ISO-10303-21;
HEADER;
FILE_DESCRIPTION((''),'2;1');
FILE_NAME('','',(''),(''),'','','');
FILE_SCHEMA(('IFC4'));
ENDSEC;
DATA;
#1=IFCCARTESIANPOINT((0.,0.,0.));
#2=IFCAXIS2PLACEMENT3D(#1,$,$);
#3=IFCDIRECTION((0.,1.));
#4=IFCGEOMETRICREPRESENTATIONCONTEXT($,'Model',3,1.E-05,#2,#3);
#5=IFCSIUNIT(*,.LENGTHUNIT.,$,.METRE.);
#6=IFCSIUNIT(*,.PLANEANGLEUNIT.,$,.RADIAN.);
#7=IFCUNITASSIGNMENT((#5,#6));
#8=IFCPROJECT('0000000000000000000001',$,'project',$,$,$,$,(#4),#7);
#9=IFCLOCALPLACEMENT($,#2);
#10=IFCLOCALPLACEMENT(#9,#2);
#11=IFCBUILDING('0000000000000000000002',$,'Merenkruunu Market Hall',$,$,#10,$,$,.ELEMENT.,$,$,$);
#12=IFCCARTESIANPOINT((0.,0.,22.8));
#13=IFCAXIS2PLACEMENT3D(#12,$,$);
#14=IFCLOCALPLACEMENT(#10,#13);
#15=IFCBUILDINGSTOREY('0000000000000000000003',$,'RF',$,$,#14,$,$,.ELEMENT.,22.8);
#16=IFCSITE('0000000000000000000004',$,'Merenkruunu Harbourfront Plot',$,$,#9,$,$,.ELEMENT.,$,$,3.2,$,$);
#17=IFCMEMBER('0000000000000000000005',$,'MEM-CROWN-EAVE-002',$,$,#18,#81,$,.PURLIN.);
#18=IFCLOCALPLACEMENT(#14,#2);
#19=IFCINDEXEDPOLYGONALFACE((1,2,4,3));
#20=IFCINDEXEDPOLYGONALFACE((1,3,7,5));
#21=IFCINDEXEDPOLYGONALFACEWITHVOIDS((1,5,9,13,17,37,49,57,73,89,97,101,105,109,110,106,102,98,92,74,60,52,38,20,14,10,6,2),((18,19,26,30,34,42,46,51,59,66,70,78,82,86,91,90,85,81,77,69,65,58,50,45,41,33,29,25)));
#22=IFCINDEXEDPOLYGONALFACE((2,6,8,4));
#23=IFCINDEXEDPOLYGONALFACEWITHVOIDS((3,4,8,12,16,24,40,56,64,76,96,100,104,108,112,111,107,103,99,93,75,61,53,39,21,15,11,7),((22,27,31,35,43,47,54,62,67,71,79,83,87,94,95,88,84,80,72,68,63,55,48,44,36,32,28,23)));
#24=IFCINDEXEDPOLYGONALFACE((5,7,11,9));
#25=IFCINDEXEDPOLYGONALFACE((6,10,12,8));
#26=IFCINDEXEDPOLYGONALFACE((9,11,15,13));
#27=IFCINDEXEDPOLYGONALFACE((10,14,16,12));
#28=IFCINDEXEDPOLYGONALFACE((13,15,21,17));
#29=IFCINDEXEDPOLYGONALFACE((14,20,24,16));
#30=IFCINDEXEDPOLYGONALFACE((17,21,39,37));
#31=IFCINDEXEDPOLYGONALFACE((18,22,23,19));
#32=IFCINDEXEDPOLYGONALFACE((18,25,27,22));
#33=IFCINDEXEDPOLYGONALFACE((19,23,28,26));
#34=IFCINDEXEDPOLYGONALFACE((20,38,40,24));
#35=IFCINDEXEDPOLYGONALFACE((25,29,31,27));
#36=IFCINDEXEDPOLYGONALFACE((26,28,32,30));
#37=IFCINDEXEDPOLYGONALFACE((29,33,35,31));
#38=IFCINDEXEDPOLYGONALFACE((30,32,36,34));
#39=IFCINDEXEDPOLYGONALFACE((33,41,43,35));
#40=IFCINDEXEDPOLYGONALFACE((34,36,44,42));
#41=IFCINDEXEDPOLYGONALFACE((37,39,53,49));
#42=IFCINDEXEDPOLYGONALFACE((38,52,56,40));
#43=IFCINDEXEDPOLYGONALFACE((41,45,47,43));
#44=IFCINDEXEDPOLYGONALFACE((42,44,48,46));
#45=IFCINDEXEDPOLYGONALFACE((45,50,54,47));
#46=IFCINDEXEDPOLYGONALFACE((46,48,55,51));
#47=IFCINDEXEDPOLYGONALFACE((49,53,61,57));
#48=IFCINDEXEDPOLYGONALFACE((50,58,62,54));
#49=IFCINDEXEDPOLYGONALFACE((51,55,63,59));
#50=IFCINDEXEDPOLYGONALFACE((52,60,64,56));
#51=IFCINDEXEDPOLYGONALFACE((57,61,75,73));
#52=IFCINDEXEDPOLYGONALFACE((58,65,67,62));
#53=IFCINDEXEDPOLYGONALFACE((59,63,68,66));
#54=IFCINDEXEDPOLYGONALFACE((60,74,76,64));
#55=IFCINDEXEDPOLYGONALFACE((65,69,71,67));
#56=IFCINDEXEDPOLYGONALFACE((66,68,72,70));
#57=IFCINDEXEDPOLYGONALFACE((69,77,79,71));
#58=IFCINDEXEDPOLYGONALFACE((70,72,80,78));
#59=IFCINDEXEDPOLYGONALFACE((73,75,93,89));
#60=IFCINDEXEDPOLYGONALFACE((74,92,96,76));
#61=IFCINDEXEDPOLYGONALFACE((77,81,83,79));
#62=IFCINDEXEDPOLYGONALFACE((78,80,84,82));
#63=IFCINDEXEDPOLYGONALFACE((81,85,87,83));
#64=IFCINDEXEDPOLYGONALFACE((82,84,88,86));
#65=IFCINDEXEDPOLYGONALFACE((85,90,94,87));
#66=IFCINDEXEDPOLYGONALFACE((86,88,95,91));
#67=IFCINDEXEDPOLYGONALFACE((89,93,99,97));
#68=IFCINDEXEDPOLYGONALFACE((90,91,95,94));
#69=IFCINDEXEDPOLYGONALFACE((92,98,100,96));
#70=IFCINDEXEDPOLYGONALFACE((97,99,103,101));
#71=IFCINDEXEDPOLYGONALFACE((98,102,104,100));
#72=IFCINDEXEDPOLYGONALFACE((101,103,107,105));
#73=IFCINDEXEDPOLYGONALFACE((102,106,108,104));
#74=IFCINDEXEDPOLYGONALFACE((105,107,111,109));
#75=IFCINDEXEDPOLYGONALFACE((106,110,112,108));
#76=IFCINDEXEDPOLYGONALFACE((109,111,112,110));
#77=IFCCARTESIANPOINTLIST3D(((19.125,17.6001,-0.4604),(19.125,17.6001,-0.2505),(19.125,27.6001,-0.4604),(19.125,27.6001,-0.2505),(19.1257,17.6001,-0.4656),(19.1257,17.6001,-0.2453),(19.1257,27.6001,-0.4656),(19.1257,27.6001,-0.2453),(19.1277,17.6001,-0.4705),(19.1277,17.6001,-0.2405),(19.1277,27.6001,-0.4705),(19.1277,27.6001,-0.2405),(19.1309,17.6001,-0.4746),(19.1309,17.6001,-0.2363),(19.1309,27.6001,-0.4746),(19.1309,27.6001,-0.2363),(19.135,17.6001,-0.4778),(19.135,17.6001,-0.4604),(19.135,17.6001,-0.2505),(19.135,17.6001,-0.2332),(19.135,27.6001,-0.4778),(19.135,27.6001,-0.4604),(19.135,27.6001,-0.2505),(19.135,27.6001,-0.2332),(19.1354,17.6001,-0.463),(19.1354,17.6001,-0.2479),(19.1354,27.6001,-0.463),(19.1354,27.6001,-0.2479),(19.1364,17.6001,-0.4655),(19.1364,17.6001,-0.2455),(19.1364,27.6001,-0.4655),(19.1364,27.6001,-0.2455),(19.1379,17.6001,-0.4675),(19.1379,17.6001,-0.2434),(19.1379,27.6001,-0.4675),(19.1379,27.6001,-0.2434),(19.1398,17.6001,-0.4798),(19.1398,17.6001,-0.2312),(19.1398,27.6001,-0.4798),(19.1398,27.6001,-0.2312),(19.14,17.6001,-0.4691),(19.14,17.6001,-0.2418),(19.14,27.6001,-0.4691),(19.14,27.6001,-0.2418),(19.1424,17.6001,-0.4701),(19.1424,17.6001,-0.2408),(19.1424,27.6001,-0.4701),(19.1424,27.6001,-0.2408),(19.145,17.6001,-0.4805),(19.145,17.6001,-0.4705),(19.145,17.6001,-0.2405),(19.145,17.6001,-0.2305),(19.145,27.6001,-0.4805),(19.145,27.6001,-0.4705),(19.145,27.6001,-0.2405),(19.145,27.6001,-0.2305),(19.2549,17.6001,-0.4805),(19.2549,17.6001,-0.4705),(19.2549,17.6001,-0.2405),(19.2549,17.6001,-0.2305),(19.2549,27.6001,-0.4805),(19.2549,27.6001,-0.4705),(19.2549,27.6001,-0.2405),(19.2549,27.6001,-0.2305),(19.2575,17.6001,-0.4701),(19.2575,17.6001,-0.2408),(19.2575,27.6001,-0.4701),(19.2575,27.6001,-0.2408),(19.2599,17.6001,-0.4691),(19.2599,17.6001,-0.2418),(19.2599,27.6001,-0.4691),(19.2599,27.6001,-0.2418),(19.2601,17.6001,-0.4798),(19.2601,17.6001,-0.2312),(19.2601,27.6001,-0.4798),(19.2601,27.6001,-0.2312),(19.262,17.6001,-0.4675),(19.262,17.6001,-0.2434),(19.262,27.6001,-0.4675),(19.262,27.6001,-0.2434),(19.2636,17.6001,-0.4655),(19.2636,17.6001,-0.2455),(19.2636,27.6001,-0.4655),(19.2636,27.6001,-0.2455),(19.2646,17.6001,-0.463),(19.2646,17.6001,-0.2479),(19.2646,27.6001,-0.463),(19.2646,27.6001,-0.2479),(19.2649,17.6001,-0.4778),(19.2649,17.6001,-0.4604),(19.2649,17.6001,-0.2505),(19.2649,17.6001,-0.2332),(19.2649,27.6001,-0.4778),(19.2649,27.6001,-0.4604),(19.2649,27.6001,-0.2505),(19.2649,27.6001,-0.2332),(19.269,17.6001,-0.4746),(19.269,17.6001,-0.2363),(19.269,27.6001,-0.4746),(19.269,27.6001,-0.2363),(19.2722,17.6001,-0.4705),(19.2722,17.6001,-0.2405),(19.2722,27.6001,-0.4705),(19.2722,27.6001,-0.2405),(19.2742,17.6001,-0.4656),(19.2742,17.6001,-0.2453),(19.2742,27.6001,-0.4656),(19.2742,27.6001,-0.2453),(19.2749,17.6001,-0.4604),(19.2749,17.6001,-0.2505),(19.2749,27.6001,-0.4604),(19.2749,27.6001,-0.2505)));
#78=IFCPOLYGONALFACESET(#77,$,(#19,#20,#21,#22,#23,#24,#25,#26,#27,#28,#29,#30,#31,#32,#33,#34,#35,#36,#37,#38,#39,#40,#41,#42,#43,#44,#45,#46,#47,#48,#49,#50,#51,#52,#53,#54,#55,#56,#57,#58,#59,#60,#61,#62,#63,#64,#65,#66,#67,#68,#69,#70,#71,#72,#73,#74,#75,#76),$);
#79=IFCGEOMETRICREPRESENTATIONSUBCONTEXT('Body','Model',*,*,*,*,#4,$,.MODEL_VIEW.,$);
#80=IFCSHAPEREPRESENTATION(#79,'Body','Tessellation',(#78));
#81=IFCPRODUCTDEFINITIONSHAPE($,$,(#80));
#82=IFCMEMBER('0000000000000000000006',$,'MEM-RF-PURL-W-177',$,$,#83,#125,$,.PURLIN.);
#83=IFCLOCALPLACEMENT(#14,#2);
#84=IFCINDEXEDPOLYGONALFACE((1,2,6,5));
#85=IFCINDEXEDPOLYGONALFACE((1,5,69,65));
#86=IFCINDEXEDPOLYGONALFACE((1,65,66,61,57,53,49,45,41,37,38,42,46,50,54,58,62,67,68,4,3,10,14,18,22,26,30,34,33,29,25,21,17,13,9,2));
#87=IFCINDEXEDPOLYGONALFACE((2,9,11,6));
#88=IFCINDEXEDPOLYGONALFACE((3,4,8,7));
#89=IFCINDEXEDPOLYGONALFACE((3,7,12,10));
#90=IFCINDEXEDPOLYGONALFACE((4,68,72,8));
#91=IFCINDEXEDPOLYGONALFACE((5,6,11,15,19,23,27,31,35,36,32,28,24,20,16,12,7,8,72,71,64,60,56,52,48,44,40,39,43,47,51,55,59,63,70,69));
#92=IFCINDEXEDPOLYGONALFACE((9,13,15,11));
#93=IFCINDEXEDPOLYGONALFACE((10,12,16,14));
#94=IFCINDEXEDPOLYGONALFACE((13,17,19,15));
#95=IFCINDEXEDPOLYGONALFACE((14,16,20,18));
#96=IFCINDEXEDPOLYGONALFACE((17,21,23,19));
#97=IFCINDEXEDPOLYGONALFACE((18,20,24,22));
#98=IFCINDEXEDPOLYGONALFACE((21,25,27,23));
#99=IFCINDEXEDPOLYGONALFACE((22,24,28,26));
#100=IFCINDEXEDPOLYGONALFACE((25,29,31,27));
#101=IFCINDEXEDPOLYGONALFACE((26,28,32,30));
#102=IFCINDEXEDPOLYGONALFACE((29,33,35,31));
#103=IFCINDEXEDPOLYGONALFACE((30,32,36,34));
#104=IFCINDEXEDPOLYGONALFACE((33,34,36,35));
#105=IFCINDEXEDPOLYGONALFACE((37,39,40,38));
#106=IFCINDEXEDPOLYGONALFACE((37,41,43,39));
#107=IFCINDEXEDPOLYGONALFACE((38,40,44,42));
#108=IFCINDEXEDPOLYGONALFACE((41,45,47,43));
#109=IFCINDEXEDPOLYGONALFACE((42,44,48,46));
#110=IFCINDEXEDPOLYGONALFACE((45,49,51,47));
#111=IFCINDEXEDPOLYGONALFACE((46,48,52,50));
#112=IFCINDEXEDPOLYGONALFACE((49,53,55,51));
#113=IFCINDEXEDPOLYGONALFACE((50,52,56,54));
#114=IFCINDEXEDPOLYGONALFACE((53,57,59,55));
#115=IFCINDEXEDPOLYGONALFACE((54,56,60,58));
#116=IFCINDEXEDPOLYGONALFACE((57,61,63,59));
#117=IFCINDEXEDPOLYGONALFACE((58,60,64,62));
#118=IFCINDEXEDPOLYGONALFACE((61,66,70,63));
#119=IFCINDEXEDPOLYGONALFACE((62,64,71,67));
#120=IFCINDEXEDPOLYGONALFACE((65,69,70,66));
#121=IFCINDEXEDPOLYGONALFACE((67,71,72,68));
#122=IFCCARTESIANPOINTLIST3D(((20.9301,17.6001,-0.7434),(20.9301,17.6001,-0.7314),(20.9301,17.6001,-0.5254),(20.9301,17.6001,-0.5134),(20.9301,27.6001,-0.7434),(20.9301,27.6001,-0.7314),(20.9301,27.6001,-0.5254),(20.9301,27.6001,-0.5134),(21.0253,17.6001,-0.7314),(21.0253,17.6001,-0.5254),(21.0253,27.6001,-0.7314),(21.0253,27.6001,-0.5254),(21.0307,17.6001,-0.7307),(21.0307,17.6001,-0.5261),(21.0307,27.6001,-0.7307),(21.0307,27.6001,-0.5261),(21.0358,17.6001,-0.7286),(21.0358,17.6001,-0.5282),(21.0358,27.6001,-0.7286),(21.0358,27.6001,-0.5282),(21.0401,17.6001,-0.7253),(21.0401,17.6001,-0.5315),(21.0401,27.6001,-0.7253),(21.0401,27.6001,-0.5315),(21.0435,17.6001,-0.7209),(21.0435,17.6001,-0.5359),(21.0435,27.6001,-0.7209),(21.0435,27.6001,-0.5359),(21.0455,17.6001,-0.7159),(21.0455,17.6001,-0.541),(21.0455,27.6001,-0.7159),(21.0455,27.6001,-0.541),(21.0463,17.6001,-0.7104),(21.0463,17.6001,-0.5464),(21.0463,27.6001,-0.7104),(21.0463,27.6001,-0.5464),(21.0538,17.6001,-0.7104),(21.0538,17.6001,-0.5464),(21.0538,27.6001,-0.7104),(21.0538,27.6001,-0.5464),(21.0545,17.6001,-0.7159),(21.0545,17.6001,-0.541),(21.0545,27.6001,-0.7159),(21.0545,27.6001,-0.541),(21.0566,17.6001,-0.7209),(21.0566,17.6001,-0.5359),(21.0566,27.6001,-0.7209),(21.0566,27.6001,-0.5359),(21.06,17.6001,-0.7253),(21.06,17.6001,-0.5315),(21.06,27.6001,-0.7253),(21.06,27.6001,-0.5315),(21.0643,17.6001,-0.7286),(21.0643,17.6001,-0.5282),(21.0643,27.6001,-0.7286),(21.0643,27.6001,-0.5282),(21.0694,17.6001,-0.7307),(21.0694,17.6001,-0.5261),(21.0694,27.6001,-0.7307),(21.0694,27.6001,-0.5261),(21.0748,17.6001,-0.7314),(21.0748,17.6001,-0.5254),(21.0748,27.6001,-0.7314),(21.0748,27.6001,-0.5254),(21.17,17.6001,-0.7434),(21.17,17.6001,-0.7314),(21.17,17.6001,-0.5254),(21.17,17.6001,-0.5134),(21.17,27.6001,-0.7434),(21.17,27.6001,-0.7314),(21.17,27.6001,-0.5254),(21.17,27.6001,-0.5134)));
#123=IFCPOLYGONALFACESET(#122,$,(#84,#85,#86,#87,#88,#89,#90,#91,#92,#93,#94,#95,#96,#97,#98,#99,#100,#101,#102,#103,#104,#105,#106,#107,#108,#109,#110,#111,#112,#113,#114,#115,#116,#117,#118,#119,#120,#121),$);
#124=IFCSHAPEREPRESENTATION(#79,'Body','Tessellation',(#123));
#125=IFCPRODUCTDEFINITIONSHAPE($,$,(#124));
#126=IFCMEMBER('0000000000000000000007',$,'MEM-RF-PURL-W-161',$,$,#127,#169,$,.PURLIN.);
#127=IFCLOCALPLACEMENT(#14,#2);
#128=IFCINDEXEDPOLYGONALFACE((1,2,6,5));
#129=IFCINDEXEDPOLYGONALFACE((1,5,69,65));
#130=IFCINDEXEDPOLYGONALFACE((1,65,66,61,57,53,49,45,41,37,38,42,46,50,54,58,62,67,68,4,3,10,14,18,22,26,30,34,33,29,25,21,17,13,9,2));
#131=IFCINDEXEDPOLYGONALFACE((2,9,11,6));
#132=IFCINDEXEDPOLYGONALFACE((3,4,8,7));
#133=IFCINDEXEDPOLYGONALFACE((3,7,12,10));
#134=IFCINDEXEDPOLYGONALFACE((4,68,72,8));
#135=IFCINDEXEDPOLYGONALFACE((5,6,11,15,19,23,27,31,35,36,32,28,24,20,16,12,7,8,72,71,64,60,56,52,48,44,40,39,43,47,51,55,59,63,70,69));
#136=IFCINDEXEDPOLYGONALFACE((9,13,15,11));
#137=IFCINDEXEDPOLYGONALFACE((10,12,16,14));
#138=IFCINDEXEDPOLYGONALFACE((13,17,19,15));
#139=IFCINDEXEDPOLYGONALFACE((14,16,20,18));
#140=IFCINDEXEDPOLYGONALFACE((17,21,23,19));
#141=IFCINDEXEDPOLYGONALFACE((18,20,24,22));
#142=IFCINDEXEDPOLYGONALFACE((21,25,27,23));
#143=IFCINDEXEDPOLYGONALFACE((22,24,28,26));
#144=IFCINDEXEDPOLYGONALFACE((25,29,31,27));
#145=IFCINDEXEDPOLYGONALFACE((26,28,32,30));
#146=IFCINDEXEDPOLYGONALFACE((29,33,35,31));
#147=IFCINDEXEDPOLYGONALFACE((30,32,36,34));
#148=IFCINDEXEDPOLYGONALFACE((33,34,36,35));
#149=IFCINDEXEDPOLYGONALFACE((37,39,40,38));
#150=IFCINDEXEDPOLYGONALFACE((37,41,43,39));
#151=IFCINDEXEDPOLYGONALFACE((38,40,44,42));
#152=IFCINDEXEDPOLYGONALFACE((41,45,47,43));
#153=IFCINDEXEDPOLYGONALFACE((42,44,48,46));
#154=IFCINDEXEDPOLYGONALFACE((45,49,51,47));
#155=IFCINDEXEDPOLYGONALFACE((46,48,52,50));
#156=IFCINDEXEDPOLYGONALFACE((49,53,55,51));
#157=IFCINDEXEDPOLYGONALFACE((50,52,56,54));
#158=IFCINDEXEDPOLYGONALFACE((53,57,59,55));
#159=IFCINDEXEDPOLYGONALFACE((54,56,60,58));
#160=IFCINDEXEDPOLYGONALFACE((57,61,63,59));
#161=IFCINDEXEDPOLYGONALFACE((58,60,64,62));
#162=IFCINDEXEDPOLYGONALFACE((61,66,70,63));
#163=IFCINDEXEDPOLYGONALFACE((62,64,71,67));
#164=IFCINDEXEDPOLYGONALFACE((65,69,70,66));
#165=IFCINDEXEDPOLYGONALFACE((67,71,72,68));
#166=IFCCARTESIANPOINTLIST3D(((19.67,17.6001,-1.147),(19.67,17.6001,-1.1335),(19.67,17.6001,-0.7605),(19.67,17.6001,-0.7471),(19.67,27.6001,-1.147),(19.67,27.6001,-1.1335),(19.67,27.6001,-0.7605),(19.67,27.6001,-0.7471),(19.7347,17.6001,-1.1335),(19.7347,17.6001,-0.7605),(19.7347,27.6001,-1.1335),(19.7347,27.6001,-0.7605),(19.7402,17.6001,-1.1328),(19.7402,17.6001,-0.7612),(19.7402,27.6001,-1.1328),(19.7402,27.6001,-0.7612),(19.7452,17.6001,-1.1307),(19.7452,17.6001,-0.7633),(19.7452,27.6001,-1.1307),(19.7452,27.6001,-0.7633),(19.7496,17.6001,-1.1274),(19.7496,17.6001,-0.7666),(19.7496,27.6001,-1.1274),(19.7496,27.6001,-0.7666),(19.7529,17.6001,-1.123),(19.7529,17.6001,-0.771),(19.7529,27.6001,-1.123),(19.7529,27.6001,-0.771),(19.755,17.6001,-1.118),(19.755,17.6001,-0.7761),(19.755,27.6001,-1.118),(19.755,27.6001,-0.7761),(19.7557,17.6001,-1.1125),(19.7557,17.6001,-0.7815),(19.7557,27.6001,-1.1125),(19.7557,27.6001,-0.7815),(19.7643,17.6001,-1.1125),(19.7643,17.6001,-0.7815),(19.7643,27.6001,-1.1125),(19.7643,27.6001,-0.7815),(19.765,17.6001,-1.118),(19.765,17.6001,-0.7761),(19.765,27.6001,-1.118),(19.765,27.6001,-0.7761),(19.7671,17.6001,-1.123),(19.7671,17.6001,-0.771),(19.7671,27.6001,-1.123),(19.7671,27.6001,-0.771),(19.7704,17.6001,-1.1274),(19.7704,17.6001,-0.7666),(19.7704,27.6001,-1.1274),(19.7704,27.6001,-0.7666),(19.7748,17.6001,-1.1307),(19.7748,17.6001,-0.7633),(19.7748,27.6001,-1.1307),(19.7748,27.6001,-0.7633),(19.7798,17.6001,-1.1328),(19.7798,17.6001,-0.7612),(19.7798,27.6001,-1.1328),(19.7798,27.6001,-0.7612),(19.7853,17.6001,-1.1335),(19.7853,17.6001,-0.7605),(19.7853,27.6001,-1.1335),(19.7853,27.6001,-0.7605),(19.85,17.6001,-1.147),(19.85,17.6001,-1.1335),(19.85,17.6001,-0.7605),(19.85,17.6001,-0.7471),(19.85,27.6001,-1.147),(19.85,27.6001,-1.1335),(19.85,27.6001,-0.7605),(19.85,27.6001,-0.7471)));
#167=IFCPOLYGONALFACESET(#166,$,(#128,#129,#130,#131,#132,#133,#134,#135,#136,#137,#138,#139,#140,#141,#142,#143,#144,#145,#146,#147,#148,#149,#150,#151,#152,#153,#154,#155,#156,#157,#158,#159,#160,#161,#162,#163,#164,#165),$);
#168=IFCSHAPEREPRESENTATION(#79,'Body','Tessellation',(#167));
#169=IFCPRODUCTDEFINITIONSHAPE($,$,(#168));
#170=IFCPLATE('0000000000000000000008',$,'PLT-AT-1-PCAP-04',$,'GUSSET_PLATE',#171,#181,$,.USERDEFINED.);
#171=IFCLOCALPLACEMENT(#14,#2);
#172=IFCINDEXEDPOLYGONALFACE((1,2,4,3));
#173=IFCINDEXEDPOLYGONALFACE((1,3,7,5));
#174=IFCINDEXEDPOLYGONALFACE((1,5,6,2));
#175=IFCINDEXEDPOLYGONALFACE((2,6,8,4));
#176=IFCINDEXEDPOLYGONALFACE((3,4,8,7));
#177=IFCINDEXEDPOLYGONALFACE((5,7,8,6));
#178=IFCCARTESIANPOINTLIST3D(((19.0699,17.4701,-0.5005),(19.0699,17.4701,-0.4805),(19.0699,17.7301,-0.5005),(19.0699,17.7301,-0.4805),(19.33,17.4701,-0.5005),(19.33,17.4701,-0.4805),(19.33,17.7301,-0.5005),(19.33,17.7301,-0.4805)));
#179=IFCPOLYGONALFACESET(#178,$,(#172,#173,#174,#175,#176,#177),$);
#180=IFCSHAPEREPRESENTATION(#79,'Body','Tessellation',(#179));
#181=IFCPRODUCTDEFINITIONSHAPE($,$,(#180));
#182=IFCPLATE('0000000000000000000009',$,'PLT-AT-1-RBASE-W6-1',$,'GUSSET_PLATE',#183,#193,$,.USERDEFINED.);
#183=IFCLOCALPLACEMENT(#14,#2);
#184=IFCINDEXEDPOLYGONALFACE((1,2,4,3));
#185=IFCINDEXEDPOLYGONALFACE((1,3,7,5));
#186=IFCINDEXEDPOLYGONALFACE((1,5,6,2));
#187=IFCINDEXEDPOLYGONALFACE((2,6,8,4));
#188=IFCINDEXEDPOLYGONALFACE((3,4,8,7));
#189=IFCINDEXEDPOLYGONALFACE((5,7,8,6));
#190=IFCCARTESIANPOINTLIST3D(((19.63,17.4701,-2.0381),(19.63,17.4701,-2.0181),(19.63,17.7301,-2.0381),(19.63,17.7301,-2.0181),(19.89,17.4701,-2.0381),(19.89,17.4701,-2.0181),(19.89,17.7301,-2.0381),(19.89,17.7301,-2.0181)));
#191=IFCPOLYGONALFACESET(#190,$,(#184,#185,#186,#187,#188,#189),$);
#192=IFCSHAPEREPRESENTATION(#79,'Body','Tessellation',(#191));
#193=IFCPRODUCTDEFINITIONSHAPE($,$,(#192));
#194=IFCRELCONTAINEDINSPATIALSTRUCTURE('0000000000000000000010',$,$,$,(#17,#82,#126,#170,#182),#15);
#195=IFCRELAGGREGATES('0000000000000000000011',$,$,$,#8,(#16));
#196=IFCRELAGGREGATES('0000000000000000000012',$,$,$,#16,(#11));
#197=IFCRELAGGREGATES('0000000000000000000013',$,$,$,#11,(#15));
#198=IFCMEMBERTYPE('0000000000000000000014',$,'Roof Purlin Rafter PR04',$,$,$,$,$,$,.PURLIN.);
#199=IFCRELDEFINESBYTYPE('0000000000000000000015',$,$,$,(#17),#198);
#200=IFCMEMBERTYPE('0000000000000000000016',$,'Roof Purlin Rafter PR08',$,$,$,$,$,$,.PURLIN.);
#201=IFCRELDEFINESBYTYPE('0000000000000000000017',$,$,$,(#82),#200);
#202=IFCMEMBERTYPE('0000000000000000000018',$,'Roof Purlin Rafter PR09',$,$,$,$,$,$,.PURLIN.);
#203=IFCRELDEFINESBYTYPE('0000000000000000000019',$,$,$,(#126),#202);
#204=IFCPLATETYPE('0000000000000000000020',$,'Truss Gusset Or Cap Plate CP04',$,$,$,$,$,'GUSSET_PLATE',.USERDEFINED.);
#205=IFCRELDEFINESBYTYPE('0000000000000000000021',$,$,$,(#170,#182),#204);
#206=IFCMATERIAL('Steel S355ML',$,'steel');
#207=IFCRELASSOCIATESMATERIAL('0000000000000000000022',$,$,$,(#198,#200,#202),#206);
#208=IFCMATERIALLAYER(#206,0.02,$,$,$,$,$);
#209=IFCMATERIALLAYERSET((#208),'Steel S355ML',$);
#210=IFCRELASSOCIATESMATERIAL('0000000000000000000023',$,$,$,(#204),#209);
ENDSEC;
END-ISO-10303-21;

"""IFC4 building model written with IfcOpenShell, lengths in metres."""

from ifc_helpers import new_model, si_unit, direction, frame, origin, origin_2d, place, context, subcontext, project, spatial, rectangle, hollow_rectangle, i_section, extrude, material, layer, layer_set, material_profile, profile_set, type_object, element, save


model = new_model("IFC4")

# Units and contexts
model_context = context("Model", 3, precision=1e-05, world=origin(), true_north=direction((0.0, 1.0)))
body_context = subcontext(model_context, "Body", "Model", "MODEL_VIEW")
ifc_project = project(units=[si_unit("LENGTHUNIT", "METRE"), si_unit("PLANEANGLEUNIT", "RADIAN")], contexts=[model_context])

# Site, building, storey
site_placement = place(None, origin())
site = spatial("IfcSite", under=ifc_project, at=site_placement, Name="Merenkruunu Harbourfront Plot", CompositionType="ELEMENT", RefElevation=3.2)
building_placement = place(site_placement, origin())
building = spatial("IfcBuilding", under=site, at=building_placement, Name="Merenkruunu Market Hall", CompositionType="ELEMENT")
storey_placement = place(building_placement, frame((0.0, 0.0, 22.8)))
storey = spatial("IfcBuildingStorey", under=building, at=storey_placement, Name="RF", CompositionType="ELEMENT", Elevation=22.8)

# Members
ifc_material_1 = material(Name="Steel S355ML", Category="steel")
ifc_material_profile_1 = material_profile(ifc_material_1, hollow_rectangle(XDim=0.1499, YDim=0.25, WallThickness=0.01, InnerFilletRadius=0.01, OuterFilletRadius=0.02, at=origin_2d()), Name="RHS 250x150x10")
ifc_profile_set_1 = profile_set([ifc_material_profile_1], Name="Steel S355ML")
member_type_1 = type_object("IfcMemberType", Name="Roof Purlin Rafter PR04", PredefinedType="PURLIN", material=ifc_profile_set_1)
member_1_placement = place(storey_placement, frame((19.2, 17.6001, -0.3555), z_axis=(0.0, 1.0, 0.0), x_axis=(-1.0, 0.0, 0.0)))
element("IfcMember", 1, at=member_1_placement, inside=storey, type_object=member_type_1, Name="MEM-CROWN-EAVE-002", PredefinedType="PURLIN", context=body_context, shape_type="SweptSolid", body=[
    extrude(hollow_rectangle(XDim=0.1499, YDim=0.25, WallThickness=0.01, InnerFilletRadius=0.01, OuterFilletRadius=0.02, at=origin_2d()), origin(), (0.0, 0.0, 1.0), 10.0),
])
ifc_material_profile_2 = material_profile(ifc_material_1, i_section(OverallWidth=0.24, OverallDepth=0.23, WebThickness=0.0076, FlangeThickness=0.012, FilletRadius=0.021, at=origin_2d()), Name="HEA 240")
ifc_profile_set_2 = profile_set([ifc_material_profile_2], Name="Steel S355ML")
member_type_2 = type_object("IfcMemberType", Name="Roof Purlin Rafter PR08", PredefinedType="PURLIN", material=ifc_profile_set_2)
member_2_placement = place(storey_placement, frame((21.05, 17.6001, -0.6284), z_axis=(0.0, 1.0, 0.0), x_axis=(-1.0, 0.0, 0.0)))
element("IfcMember", 2, at=member_2_placement, inside=storey, type_object=member_type_2, Name="MEM-RF-PURL-W-177", PredefinedType="PURLIN", context=body_context, shape_type="SweptSolid", body=[
    extrude(i_section(OverallWidth=0.24, OverallDepth=0.23, WebThickness=0.0076, FlangeThickness=0.012, FilletRadius=0.021, at=origin_2d()), origin(), (0.0, 0.0, 1.0), 10.0),
])
ifc_material_profile_3 = material_profile(ifc_material_1, i_section(OverallWidth=0.1799, OverallDepth=0.3999, WebThickness=0.0085, FlangeThickness=0.0134, FilletRadius=0.021, at=origin_2d()), Name="IPE 400")
ifc_profile_set_3 = profile_set([ifc_material_profile_3], Name="Steel S355ML")
member_type_3 = type_object("IfcMemberType", Name="Roof Purlin Rafter PR09", PredefinedType="PURLIN", material=ifc_profile_set_3)
member_3_placement = place(storey_placement, frame((19.76, 17.6001, -0.947), z_axis=(0.0, 1.0, 0.0), x_axis=(-1.0, 0.0, 0.0)))
element("IfcMember", 3, at=member_3_placement, inside=storey, type_object=member_type_3, Name="MEM-RF-PURL-W-161", PredefinedType="PURLIN", context=body_context, shape_type="SweptSolid", body=[
    extrude(i_section(OverallWidth=0.1799, OverallDepth=0.3999, WebThickness=0.0085, FlangeThickness=0.0134, FilletRadius=0.021, at=origin_2d()), origin(), (0.0, 0.0, 1.0), 10.0),
])

# Plates
ifc_layer_1 = layer(ifc_material_1, 0.02)
ifc_layer_set_1 = layer_set([ifc_layer_1], Name="Steel S355ML")
plate_type_1 = type_object("IfcPlateType", Name="Truss Gusset Or Cap Plate CP04", ElementType="GUSSET_PLATE", PredefinedType="USERDEFINED", material=ifc_layer_set_1)
for number, where, z_axis, x_axis, name in (
    (4, (19.2, 17.6001, -0.5005), (0.0, 0.0, 1.0), (1.0, 0.0, 0.0), "PLT-AT-1-PCAP-04"),
    (5, (19.76, 17.6001, -2.0381), (0.0, 0.0, 1.0), (1.0, 0.0, 0.0), "PLT-AT-1-RBASE-W6-1"),
):
    element("IfcPlate", number, at=place(storey_placement, frame(where, z_axis=z_axis, x_axis=x_axis)), inside=storey, type_object=plate_type_1, Name=name, ObjectType="GUSSET_PLATE", PredefinedType="USERDEFINED", context=body_context, shape_type="SweptSolid", body=[
        extrude(rectangle(XDim=0.26, YDim=0.26, at=origin_2d()), origin(), (0.0, 0.0, 1.0), 0.02),
    ])

save(model, "model.ifc")
